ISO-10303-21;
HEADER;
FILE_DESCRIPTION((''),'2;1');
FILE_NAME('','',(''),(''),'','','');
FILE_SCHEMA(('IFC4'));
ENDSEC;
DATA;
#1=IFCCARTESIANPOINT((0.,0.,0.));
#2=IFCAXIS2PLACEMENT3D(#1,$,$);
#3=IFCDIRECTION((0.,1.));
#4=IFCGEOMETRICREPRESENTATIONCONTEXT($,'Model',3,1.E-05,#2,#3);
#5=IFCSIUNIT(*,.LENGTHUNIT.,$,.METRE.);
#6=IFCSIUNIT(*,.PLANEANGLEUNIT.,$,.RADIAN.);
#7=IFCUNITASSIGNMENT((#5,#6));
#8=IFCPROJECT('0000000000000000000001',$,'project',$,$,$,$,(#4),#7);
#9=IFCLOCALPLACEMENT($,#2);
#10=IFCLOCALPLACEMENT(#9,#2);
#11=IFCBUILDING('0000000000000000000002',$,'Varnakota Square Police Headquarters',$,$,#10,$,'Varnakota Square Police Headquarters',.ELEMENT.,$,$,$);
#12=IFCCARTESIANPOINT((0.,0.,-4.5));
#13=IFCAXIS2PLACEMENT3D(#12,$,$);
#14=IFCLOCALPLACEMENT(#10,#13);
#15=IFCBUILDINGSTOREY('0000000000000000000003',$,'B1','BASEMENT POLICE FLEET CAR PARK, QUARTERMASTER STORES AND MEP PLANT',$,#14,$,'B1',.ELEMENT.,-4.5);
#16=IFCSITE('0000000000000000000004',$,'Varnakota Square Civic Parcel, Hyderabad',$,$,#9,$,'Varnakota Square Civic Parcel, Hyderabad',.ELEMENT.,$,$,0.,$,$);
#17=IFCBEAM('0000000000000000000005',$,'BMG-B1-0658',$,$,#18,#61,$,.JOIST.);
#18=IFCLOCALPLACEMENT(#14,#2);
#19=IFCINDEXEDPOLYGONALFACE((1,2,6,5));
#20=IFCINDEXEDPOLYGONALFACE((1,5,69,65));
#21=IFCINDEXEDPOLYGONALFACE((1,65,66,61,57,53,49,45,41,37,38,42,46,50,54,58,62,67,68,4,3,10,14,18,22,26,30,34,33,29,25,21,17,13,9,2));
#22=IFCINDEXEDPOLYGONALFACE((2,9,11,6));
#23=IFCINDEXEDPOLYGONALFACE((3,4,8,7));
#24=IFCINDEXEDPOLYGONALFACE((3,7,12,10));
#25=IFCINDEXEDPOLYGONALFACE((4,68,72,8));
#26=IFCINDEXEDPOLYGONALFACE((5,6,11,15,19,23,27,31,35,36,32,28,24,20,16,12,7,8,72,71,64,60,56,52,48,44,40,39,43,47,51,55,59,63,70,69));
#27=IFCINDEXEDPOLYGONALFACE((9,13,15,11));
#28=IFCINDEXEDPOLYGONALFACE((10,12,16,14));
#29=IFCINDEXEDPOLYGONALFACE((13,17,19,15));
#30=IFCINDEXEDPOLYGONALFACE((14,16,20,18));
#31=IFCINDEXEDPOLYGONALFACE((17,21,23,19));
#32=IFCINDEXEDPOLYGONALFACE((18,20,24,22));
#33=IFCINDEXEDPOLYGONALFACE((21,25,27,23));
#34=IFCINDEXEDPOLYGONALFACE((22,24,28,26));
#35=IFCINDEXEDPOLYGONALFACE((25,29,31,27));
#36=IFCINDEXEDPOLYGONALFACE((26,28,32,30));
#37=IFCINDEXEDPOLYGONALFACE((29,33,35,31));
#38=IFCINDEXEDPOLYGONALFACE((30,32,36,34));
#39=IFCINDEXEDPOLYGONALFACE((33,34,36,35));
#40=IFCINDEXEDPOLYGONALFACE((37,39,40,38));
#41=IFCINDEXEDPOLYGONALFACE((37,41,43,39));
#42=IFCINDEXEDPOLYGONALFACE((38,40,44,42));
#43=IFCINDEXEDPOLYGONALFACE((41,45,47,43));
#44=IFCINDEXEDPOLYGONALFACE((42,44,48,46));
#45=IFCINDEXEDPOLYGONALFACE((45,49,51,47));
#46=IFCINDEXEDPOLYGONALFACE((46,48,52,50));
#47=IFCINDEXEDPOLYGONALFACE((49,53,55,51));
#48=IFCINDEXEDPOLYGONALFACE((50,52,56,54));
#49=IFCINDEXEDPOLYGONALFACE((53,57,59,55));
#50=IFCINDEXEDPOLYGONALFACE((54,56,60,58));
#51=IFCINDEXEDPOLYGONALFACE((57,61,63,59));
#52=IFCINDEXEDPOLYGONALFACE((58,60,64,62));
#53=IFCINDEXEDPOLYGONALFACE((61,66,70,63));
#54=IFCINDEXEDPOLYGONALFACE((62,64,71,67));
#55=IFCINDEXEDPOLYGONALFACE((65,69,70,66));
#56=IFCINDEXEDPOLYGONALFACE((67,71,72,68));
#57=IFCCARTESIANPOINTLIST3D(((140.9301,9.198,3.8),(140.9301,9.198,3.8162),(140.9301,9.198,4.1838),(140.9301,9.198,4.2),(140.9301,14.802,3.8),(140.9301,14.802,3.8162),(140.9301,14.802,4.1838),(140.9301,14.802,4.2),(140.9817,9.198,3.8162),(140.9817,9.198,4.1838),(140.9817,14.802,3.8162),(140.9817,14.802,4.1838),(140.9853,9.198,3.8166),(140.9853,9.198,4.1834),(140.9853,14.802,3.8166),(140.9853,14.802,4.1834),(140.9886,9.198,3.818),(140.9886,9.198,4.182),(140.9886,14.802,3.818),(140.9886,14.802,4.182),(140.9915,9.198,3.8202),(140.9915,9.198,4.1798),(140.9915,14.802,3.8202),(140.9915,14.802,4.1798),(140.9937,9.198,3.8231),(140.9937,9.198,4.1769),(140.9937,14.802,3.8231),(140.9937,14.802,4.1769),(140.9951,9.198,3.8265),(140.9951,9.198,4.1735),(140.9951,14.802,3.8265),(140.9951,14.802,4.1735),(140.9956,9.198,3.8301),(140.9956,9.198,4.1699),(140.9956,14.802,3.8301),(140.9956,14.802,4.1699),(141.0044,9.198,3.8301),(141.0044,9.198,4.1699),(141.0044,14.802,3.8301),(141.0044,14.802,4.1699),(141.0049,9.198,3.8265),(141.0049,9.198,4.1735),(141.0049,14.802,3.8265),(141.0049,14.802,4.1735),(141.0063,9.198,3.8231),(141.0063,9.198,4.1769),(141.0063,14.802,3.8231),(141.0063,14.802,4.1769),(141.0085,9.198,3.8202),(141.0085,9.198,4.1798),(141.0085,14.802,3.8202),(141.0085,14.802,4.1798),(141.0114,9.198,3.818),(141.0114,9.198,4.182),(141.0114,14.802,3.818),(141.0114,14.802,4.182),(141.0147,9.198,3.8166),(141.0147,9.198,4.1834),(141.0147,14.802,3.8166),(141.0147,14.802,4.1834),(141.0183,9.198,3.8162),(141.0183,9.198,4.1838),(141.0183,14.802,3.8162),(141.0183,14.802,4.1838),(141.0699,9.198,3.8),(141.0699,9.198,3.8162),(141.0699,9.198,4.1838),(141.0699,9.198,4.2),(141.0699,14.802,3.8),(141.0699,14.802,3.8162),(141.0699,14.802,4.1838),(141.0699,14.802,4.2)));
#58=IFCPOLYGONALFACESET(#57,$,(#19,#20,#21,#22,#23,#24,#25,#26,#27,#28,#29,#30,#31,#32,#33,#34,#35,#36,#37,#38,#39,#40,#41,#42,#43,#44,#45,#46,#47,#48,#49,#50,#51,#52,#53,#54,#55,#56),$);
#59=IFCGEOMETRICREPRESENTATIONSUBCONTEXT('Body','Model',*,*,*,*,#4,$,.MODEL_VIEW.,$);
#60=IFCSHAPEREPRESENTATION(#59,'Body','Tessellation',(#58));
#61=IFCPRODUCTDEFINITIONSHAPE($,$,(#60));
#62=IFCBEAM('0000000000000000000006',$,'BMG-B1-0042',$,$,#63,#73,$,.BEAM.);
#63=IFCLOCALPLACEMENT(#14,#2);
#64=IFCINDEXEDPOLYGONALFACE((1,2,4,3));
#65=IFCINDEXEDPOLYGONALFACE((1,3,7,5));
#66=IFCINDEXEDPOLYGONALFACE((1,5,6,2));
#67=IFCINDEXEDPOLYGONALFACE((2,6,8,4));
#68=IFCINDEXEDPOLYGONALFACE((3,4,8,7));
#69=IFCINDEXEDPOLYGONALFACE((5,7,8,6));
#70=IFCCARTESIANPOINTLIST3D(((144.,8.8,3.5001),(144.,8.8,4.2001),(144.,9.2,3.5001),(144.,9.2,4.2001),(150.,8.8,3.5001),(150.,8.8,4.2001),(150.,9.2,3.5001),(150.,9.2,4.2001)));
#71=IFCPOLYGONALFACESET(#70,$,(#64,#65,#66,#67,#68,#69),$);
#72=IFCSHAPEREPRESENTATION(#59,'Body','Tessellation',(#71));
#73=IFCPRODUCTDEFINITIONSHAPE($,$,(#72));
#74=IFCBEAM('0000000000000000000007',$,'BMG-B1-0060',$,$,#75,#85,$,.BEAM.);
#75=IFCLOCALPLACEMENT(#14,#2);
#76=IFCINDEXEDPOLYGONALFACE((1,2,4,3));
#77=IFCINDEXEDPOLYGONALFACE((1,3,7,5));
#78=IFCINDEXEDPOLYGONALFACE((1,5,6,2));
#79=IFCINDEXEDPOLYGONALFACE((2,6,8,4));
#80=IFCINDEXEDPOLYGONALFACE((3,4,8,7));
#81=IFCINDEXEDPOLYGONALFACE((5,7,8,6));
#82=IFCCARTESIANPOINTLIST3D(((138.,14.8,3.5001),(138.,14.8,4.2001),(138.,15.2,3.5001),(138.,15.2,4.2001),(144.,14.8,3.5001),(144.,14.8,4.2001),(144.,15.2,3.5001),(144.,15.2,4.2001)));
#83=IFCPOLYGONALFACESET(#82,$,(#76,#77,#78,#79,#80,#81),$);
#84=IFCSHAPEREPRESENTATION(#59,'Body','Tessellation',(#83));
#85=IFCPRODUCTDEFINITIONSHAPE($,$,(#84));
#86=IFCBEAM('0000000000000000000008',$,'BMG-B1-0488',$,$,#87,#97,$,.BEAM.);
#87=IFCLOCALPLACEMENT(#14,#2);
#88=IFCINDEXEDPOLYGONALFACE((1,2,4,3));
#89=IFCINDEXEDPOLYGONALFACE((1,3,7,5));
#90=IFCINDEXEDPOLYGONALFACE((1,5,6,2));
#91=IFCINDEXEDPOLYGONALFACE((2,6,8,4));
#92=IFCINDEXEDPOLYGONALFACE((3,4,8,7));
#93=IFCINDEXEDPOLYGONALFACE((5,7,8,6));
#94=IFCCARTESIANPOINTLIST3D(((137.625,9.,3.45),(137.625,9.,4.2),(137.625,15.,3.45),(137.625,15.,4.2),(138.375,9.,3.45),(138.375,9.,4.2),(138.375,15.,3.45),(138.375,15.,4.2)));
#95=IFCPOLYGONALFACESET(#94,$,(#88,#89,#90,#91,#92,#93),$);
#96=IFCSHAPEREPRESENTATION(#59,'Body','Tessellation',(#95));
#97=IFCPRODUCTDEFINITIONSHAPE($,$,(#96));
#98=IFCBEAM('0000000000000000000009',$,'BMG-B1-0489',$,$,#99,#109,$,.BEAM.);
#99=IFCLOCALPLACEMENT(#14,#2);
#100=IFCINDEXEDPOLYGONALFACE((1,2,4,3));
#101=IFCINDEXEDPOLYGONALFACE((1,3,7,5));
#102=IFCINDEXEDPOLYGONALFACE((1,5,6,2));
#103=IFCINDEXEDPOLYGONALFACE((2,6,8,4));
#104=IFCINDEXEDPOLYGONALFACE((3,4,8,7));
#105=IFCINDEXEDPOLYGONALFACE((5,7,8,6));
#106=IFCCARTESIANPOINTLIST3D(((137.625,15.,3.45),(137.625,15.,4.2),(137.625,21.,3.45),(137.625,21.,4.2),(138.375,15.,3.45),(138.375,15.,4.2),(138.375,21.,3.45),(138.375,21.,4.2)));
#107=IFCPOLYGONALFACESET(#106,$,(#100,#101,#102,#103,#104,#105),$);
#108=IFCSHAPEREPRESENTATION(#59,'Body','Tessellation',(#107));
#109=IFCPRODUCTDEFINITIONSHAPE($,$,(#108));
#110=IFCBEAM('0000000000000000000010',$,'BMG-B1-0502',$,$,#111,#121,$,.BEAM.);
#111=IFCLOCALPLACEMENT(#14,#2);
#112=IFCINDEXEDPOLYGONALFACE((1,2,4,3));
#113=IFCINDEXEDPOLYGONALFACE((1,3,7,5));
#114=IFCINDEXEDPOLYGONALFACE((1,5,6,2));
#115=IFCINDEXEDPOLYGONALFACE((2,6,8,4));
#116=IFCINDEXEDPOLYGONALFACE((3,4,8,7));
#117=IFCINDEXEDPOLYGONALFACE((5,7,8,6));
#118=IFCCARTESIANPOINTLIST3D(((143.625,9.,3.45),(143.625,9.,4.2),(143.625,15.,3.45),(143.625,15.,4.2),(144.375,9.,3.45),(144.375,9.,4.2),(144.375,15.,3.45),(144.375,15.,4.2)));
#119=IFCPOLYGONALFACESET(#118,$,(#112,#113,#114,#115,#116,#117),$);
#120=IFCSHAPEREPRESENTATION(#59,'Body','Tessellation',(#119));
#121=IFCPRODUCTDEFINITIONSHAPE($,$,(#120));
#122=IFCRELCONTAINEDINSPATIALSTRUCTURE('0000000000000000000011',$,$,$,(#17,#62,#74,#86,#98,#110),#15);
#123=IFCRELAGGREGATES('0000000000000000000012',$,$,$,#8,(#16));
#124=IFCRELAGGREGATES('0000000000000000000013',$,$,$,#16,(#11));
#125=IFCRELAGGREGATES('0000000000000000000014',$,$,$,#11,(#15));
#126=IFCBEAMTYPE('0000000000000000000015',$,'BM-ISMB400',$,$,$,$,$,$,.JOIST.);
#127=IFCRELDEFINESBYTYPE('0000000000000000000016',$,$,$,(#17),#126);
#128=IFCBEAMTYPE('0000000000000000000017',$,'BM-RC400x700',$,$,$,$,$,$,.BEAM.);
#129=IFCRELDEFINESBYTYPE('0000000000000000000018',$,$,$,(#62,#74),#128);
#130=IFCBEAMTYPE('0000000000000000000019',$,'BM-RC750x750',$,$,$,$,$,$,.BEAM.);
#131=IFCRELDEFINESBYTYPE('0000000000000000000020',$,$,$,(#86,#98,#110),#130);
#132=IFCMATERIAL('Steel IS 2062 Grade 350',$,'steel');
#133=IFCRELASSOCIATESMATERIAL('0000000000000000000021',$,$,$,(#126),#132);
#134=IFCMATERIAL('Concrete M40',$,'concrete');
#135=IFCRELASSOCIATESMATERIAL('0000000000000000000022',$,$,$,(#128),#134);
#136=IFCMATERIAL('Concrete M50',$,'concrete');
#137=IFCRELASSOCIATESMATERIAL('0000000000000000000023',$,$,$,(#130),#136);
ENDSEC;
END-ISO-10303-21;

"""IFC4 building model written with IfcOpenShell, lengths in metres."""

from ifc_helpers import new_model, si_unit, direction, frame, origin, origin_2d, place, context, subcontext, project, spatial, rectangle, i_section, extrude, material, material_profile, profile_set, type_object, element, save


model = new_model("IFC4")

# Units and contexts
model_context = context("Model", 3, precision=1e-05, world=origin(), true_north=direction((0.0, 1.0)))
body_context = subcontext(model_context, "Body", "Model", "MODEL_VIEW")
ifc_project = project(units=[si_unit("LENGTHUNIT", "METRE"), si_unit("PLANEANGLEUNIT", "RADIAN")], contexts=[model_context])

# Site, building, storey
site_placement = place(None, origin())
site = spatial("IfcSite", under=ifc_project, at=site_placement, Name="Varnakota Square Civic Parcel, Hyderabad", LongName="Varnakota Square Civic Parcel, Hyderabad", CompositionType="ELEMENT", RefElevation=0.0)
building_placement = place(site_placement, origin())
building = spatial("IfcBuilding", under=site, at=building_placement, Name="Varnakota Square Police Headquarters", LongName="Varnakota Square Police Headquarters", CompositionType="ELEMENT")
storey_placement = place(building_placement, frame((0.0, 0.0, -4.5)))
storey = spatial("IfcBuildingStorey", under=building, at=storey_placement, Name="B1", Description="BASEMENT POLICE FLEET CAR PARK, QUARTERMASTER STORES AND MEP PLANT", LongName="B1", CompositionType="ELEMENT", Elevation=-4.5)

# Shared definitions
ifc_material_1 = material(Name="Concrete M40", Category="concrete")
ifc_material_2 = material(Name="Concrete M50", Category="concrete")

# Beams
ifc_material_3 = material(Name="Steel IS 2062 Grade 350", Category="steel")
ifc_material_profile_1 = material_profile(ifc_material_3, i_section(OverallWidth=0.1399, OverallDepth=0.3999, WebThickness=0.0088, FlangeThickness=0.0161, FilletRadius=0.0139, at=origin_2d()), Name="ISMB 400")
ifc_profile_set_1 = profile_set([ifc_material_profile_1], Name="Steel IS 2062 Grade 350")
beam_type_1 = type_object("IfcBeamType", Name="BM-ISMB400", PredefinedType="JOIST", material=ifc_profile_set_1)
beam_1_placement = place(storey_placement, frame((141.0, 9.198, 4.0), z_axis=(0.0, 1.0, 0.0), x_axis=(-1.0, 0.0, 0.0)))
element("IfcBeam", 1, at=beam_1_placement, inside=storey, type_object=beam_type_1, Name="BMG-B1-0658", PredefinedType="JOIST", context=body_context, shape_type="SweptSolid", body=[
    extrude(i_section(OverallWidth=0.1399, OverallDepth=0.3999, WebThickness=0.0088, FlangeThickness=0.0161, FilletRadius=0.0139, at=origin_2d()), origin(), (0.0, 0.0, 1.0), 5.604),
])
ifc_material_profile_2 = material_profile(ifc_material_1, rectangle(XDim=0.3999, YDim=0.7, at=origin_2d()), Name="RC 400x700")
ifc_profile_set_2 = profile_set([ifc_material_profile_2], Name="Concrete M40")
beam_type_2 = type_object("IfcBeamType", Name="BM-RC400x700", PredefinedType="BEAM", material=ifc_profile_set_2)
for number, where, z_axis, x_axis, name in (
    (2, (144.0, 9.0, 3.8501), (1.0, 0.0, 0.0), (0.0, 1.0, 0.0), "BMG-B1-0042"),
    (3, (138.0, 15.0, 3.8501), (1.0, 0.0, 0.0), (0.0, 1.0, 0.0), "BMG-B1-0060"),
):
    element("IfcBeam", number, at=place(storey_placement, frame(where, z_axis=z_axis, x_axis=x_axis)), inside=storey, type_object=beam_type_2, Name=name, PredefinedType="BEAM", context=body_context, shape_type="SweptSolid", body=[
        extrude(rectangle(XDim=0.3999, YDim=0.7, at=origin_2d()), origin(), (0.0, 0.0, 1.0), 6.0),
    ])
ifc_material_profile_3 = material_profile(ifc_material_2, rectangle(XDim=0.75, YDim=0.75, at=origin_2d()), Name="RC 750x750")
ifc_profile_set_3 = profile_set([ifc_material_profile_3], Name="Concrete M50")
beam_type_3 = type_object("IfcBeamType", Name="BM-RC750x750", PredefinedType="BEAM", material=ifc_profile_set_3)
for number, where, z_axis, x_axis, name in (
    (4, (138.0, 9.0, 3.825), (0.0, 1.0, 0.0), (-1.0, 0.0, 0.0), "BMG-B1-0488"),
    (5, (138.0, 15.0, 3.825), (0.0, 1.0, 0.0), (-1.0, 0.0, 0.0), "BMG-B1-0489"),
    (6, (144.0, 9.0, 3.825), (0.0, 1.0, 0.0), (-1.0, 0.0, 0.0), "BMG-B1-0502"),
):
    element("IfcBeam", number, at=place(storey_placement, frame(where, z_axis=z_axis, x_axis=x_axis)), inside=storey, type_object=beam_type_3, Name=name, PredefinedType="BEAM", context=body_context, shape_type="SweptSolid", body=[
        extrude(rectangle(XDim=0.75, YDim=0.75, at=origin_2d()), origin(), (0.0, 0.0, 1.0), 6.0),
    ])

save(model, "model.ifc")
